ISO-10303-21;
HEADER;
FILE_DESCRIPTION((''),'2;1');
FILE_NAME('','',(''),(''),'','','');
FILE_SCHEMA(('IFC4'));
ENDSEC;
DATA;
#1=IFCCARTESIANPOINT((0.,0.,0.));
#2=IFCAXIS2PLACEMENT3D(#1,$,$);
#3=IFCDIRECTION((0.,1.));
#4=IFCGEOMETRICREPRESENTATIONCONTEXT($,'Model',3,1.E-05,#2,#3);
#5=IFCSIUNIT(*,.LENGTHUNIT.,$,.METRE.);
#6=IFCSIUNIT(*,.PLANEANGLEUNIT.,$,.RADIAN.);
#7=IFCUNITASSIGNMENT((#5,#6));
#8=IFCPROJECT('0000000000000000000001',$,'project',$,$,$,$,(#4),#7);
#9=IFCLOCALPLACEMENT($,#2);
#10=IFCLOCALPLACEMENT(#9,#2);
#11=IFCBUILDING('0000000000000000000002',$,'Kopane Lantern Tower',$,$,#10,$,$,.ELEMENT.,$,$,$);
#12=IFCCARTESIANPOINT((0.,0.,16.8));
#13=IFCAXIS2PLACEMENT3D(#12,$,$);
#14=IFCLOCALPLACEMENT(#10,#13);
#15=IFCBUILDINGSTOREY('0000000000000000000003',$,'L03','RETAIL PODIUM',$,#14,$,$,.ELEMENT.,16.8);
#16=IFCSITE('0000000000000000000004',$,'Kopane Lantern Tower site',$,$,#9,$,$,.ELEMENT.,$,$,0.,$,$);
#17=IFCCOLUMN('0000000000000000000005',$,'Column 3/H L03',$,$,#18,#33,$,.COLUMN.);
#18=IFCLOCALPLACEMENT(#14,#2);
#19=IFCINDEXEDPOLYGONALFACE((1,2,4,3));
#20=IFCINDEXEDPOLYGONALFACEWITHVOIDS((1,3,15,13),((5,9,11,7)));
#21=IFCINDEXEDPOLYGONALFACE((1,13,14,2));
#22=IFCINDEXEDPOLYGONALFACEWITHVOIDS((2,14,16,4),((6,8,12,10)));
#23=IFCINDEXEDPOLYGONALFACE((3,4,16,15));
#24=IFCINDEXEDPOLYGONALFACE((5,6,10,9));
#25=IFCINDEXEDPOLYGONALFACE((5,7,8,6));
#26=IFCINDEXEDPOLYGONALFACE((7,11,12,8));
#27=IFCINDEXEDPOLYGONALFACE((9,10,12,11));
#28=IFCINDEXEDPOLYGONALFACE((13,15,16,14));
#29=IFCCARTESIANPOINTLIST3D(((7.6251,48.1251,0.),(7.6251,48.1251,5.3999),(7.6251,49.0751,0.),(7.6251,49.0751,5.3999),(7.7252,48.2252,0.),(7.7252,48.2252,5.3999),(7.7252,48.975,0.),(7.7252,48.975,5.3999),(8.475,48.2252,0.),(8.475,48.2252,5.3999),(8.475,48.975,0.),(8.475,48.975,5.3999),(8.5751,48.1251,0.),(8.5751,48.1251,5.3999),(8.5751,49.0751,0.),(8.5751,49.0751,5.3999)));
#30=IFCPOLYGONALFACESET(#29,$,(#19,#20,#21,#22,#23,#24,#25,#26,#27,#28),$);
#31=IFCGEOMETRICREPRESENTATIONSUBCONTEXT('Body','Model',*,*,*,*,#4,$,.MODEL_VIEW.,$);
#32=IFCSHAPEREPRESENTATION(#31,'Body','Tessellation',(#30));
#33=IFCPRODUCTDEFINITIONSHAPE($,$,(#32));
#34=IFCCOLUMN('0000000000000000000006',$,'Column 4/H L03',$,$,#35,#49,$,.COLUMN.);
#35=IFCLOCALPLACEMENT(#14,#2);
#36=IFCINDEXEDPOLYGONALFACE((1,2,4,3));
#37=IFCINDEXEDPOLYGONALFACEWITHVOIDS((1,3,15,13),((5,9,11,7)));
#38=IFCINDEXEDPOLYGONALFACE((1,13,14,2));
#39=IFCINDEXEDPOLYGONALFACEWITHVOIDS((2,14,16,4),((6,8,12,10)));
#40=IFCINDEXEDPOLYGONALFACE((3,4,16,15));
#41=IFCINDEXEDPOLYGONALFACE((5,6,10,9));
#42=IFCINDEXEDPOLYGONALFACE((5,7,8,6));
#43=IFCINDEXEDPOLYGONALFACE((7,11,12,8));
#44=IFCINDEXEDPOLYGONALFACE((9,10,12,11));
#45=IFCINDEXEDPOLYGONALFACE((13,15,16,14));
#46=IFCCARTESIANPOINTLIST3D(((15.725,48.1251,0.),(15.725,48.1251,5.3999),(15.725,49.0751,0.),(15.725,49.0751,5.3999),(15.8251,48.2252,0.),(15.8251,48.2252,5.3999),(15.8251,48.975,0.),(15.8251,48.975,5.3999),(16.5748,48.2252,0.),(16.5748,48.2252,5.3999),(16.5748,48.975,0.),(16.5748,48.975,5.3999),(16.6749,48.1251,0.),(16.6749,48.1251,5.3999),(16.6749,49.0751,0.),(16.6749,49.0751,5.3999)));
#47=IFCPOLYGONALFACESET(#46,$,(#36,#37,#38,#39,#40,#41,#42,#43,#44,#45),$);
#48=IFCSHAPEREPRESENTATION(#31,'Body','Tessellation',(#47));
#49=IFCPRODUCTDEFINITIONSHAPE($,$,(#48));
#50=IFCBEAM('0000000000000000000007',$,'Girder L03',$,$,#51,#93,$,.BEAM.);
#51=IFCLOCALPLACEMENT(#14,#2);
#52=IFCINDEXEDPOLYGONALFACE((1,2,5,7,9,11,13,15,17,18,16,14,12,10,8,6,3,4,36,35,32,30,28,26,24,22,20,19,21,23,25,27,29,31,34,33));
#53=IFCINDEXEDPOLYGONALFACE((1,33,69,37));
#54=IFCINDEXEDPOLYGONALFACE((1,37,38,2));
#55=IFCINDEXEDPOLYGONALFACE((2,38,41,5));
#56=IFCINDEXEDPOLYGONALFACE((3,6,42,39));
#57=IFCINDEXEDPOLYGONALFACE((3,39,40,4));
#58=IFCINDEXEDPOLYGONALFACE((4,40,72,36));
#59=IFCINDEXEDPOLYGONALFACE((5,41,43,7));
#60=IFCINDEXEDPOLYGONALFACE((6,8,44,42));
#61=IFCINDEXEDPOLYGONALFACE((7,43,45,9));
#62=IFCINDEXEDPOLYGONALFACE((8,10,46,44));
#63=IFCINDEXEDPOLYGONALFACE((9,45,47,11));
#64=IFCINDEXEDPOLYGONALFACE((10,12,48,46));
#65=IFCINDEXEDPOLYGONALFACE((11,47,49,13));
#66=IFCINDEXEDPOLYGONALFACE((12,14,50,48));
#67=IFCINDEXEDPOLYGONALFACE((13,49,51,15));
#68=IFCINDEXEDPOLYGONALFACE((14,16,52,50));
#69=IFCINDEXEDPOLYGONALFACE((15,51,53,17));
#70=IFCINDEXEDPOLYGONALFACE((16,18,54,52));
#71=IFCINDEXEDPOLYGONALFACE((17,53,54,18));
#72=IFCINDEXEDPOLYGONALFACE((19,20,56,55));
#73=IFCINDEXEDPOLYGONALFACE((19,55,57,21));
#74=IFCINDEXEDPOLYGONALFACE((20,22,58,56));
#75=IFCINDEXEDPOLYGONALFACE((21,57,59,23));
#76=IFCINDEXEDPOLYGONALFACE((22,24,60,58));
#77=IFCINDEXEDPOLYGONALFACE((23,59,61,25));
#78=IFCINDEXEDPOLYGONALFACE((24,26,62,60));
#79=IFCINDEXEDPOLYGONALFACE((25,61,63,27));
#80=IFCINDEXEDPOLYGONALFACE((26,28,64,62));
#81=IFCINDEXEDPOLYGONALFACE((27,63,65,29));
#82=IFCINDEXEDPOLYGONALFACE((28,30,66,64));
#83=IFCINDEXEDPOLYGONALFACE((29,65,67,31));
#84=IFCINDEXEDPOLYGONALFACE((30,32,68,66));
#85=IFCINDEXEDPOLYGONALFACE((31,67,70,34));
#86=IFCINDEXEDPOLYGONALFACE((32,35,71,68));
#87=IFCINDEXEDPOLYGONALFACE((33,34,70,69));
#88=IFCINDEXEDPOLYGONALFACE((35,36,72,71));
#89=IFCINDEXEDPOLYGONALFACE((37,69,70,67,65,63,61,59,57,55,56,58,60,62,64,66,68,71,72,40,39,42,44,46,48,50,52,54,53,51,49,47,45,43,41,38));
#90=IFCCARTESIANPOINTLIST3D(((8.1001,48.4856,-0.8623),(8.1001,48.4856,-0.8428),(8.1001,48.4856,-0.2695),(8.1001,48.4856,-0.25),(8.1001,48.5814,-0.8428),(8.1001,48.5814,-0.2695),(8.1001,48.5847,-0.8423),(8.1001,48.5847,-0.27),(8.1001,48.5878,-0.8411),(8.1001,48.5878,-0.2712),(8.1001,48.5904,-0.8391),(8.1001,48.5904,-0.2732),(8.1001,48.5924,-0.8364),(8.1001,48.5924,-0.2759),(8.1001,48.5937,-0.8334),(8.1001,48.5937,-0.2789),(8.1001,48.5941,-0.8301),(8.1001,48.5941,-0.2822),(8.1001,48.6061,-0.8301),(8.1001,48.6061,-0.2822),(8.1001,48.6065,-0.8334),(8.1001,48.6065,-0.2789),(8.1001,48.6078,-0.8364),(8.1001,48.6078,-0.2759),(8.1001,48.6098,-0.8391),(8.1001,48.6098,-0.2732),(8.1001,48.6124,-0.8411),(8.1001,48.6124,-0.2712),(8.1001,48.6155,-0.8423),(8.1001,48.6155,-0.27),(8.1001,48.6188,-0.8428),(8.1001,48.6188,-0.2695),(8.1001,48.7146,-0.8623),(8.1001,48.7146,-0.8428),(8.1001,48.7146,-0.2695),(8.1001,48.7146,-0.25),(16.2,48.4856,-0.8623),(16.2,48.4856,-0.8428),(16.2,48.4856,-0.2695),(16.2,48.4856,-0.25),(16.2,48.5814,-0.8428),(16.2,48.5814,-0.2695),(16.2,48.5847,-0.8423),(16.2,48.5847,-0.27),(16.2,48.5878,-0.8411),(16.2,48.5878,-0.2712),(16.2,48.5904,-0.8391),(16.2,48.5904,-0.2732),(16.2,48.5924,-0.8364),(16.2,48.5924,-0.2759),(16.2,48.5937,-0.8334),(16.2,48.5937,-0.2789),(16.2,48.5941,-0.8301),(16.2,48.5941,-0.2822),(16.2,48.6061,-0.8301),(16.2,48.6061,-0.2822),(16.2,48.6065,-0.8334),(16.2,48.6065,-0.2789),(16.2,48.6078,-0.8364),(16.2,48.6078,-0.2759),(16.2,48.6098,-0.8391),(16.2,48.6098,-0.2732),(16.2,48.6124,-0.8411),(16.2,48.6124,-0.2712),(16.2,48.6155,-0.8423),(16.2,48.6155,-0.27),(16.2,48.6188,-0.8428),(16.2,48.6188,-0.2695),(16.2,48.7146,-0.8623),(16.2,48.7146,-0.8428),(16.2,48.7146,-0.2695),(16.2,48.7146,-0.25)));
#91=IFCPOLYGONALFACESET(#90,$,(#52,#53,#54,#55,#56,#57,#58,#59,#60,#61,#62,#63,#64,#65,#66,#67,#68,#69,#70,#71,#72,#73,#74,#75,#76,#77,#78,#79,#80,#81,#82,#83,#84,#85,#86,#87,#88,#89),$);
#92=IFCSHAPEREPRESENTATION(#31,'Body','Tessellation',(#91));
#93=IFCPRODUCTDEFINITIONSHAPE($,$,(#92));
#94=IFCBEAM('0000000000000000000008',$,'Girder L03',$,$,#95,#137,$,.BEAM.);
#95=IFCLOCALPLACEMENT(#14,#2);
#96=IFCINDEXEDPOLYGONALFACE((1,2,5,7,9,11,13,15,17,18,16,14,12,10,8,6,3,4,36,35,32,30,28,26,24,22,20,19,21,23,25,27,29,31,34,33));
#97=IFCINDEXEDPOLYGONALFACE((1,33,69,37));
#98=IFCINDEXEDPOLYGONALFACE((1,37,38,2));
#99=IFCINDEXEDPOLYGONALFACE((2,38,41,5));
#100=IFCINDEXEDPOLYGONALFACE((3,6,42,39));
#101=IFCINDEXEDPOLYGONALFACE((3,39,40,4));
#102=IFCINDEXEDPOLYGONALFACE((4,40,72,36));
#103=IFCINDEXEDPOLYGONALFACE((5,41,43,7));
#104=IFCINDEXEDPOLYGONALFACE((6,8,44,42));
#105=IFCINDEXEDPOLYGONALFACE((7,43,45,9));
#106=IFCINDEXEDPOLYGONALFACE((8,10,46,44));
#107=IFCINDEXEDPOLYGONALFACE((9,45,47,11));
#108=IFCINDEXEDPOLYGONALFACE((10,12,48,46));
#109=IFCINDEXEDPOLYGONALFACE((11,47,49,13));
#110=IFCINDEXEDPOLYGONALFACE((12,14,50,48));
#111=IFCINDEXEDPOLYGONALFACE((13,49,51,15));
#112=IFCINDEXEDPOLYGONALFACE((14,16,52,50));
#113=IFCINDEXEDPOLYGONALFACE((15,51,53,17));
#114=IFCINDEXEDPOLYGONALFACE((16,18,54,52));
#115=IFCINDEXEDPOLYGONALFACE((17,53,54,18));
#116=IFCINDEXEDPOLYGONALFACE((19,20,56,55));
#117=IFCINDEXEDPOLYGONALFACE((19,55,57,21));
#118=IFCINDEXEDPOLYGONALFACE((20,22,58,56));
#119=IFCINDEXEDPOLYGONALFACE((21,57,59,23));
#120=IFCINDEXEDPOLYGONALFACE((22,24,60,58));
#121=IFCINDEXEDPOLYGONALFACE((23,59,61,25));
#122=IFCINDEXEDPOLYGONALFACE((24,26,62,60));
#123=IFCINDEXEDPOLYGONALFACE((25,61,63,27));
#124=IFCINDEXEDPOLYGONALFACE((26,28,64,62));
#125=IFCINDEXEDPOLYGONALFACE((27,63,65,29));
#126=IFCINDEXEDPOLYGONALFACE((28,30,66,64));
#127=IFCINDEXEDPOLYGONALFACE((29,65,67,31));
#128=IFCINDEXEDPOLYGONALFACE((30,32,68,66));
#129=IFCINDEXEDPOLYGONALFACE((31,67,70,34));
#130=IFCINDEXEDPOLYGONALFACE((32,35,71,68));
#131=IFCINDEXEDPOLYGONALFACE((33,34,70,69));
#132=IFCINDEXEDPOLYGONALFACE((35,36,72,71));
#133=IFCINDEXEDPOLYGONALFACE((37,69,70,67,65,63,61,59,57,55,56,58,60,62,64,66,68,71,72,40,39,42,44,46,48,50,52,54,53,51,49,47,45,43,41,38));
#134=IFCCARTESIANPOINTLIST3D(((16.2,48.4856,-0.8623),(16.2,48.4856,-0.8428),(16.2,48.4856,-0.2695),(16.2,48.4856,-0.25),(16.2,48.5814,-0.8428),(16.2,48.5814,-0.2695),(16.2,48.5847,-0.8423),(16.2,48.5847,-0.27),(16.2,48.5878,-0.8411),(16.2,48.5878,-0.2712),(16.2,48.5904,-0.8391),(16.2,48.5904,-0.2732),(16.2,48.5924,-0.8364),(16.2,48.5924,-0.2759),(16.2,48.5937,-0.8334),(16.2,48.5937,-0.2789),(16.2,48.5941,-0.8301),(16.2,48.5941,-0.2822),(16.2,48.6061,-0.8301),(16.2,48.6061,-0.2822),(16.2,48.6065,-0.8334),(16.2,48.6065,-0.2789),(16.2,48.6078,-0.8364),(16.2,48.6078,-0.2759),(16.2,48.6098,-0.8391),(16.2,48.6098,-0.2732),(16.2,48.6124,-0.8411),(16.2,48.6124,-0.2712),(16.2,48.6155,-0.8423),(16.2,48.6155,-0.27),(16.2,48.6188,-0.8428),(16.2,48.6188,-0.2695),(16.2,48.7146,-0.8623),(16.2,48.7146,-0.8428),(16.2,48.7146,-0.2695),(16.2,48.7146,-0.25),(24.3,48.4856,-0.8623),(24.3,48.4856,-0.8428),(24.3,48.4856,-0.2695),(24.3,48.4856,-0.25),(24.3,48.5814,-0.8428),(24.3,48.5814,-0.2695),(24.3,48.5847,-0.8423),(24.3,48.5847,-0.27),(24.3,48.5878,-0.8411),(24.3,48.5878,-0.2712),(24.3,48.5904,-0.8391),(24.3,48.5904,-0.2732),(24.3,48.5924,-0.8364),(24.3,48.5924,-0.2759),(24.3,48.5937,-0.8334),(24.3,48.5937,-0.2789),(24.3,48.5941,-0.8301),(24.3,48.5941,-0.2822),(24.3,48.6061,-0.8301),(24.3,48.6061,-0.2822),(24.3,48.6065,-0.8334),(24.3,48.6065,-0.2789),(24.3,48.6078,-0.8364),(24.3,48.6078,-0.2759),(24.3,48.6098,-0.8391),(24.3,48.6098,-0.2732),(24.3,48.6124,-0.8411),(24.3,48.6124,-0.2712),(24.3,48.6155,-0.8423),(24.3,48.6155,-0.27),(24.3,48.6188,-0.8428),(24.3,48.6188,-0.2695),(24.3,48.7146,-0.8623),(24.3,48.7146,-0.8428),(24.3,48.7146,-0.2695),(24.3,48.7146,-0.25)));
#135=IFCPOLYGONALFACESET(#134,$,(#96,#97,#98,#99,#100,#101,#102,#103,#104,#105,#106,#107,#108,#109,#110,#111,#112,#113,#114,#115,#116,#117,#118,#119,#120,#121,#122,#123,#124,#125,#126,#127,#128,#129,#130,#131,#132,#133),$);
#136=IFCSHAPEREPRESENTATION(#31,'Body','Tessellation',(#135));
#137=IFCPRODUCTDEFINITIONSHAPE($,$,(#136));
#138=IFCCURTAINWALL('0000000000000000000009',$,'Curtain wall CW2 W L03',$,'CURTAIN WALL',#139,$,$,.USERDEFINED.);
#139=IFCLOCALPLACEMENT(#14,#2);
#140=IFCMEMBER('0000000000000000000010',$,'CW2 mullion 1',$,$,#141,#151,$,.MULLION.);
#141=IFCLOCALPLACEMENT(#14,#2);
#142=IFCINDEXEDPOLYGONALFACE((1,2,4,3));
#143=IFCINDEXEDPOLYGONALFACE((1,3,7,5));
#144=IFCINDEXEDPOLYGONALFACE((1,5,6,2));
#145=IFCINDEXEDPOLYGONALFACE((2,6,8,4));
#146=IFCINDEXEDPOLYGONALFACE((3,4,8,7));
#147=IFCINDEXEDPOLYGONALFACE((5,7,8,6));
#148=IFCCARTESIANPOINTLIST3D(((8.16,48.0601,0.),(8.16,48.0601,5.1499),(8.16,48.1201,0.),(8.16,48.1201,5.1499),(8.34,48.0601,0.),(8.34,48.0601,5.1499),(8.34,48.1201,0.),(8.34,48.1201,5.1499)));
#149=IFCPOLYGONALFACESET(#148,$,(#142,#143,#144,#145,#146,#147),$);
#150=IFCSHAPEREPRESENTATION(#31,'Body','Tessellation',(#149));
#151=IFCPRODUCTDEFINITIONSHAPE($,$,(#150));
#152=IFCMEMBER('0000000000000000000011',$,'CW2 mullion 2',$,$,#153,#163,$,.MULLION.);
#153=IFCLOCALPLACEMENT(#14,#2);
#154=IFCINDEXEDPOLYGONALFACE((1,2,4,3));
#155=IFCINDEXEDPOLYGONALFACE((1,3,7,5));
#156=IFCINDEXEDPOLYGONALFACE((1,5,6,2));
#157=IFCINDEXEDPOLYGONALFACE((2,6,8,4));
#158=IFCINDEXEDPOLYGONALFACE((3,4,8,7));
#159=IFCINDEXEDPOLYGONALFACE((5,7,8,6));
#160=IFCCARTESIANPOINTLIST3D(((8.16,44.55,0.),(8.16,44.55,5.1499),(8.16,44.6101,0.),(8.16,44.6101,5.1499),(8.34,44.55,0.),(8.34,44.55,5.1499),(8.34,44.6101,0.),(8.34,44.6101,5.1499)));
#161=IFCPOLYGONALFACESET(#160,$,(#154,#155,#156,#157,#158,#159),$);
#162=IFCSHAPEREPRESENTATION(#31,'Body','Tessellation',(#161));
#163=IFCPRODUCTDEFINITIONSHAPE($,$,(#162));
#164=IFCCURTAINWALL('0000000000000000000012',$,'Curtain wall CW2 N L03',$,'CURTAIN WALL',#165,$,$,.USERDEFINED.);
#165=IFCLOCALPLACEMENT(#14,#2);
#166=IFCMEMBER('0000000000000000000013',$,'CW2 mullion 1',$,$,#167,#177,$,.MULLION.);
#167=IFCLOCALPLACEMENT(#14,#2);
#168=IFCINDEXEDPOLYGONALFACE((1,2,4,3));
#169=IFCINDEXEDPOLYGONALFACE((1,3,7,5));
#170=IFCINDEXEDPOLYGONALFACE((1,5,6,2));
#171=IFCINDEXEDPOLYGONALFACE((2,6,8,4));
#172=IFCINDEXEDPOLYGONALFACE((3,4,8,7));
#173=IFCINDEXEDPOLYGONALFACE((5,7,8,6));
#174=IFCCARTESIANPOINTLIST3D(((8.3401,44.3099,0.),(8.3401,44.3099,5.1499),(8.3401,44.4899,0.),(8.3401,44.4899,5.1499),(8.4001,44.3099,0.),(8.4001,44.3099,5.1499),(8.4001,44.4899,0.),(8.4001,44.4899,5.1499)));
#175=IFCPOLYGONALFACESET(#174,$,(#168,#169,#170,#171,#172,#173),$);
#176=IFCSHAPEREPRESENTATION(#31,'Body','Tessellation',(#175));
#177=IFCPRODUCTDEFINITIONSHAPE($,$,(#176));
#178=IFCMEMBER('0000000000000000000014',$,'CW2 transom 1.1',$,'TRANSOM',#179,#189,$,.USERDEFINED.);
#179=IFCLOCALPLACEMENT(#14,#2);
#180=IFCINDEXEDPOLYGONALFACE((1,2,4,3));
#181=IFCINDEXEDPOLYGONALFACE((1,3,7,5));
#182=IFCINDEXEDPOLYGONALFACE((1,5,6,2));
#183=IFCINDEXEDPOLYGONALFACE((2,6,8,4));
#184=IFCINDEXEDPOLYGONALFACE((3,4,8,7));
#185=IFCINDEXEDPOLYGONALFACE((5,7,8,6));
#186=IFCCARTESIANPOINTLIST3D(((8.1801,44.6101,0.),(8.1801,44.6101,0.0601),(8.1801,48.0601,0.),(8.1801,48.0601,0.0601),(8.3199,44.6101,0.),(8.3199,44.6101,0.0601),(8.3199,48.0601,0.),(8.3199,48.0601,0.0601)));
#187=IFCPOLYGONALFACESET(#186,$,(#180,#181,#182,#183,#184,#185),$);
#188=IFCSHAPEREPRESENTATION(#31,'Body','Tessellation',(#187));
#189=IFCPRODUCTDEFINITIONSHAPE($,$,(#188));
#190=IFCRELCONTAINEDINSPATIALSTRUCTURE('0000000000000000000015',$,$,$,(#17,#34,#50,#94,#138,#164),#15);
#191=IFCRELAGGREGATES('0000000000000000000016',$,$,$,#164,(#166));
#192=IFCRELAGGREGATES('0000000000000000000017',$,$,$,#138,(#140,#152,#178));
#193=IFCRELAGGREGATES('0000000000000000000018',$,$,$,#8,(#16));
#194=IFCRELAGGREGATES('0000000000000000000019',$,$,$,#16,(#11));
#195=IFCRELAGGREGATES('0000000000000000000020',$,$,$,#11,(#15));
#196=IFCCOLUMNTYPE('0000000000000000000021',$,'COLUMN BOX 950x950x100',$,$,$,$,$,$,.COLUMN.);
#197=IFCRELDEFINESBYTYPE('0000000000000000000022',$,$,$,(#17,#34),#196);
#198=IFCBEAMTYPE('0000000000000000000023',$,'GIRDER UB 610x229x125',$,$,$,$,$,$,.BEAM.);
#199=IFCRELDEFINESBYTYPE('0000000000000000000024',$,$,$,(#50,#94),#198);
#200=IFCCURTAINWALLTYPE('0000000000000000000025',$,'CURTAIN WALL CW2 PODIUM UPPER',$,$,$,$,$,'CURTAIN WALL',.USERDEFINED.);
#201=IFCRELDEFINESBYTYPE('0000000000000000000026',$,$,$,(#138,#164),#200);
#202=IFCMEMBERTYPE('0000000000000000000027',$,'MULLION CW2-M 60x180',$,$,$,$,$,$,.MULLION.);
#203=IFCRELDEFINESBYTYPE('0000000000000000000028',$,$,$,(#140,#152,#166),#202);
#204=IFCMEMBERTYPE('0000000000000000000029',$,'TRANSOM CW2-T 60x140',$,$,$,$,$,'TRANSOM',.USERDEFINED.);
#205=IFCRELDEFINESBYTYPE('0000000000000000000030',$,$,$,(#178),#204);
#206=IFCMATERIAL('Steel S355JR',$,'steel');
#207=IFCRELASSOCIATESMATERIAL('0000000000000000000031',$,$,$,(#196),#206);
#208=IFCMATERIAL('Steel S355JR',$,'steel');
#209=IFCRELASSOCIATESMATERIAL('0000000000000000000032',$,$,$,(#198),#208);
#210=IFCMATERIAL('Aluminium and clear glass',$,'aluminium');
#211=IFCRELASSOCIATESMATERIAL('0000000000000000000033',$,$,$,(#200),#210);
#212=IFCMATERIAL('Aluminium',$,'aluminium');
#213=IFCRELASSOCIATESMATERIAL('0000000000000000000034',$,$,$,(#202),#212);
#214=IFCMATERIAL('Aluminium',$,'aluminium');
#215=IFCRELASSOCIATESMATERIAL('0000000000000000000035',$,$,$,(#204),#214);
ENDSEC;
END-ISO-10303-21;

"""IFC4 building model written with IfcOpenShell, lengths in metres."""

from ifc_helpers import new_model, si_unit, direction, frame, origin, origin_2d, place, context, subcontext, project, spatial, rectangle, hollow_rectangle, i_section, extrude, material, material_profile, profile_set, type_object, element, aggregate, save


model = new_model("IFC4")

# Units and contexts
model_context = context("Model", 3, precision=1e-05, world=origin(), true_north=direction((0.0, 1.0)))
body_context = subcontext(model_context, "Body", "Model", "MODEL_VIEW")
ifc_project = project(units=[si_unit("LENGTHUNIT", "METRE"), si_unit("PLANEANGLEUNIT", "RADIAN")], contexts=[model_context])

# Site, building, storey
site_placement = place(None, origin())
site = spatial("IfcSite", under=ifc_project, at=site_placement, Name="Kopane Lantern Tower site", CompositionType="ELEMENT", RefElevation=0.0)
building_placement = place(site_placement, origin())
building = spatial("IfcBuilding", under=site, at=building_placement, Name="Kopane Lantern Tower", CompositionType="ELEMENT")
storey_placement = place(building_placement, frame((0.0, 0.0, 16.8)))
storey = spatial("IfcBuildingStorey", under=building, at=storey_placement, Name="L03", Description="RETAIL PODIUM", CompositionType="ELEMENT", Elevation=16.8)

# Columns
ifc_material_1 = material(Name="Steel S355JR", Category="steel")
ifc_material_profile_1 = material_profile(ifc_material_1, hollow_rectangle(XDim=0.95, YDim=0.95, WallThickness=0.1001, at=origin_2d()), Name="BOX 950x950x100")
ifc_profile_set_1 = profile_set([ifc_material_profile_1], Name="Steel S355JR")
column_type = type_object("IfcColumnType", Name="COLUMN BOX 950x950x100", PredefinedType="COLUMN", material=ifc_profile_set_1)
for number, where, z_axis, x_axis, name in (
    (1, (8.1001, 48.6001, 0.0), (0.0, 0.0, 1.0), (1.0, 0.0, 0.0), "Column 3/H L03"),
    (2, (16.2, 48.6001, 0.0), (0.0, 0.0, 1.0), (1.0, 0.0, 0.0), "Column 4/H L03"),
):
    element("IfcColumn", number, at=place(storey_placement, frame(where, z_axis=z_axis, x_axis=x_axis)), inside=storey, type_object=column_type, Name=name, PredefinedType="COLUMN", context=body_context, shape_type="SweptSolid", body=[
        extrude(hollow_rectangle(XDim=0.95, YDim=0.95, WallThickness=0.1001, at=origin_2d()), origin(), (0.0, 0.0, 1.0), 5.3999),
    ])

# Beams
ifc_material_2 = material(Name="Steel S355JR", Category="steel")
ifc_material_profile_2 = material_profile(ifc_material_2, i_section(OverallWidth=0.229, OverallDepth=0.6123, WebThickness=0.012, FlangeThickness=0.0195, FilletRadius=0.0127, at=origin_2d()), Name="UB 610x229x125")
ifc_profile_set_2 = profile_set([ifc_material_profile_2], Name="Steel S355JR")
beam_type = type_object("IfcBeamType", Name="GIRDER UB 610x229x125", PredefinedType="BEAM", material=ifc_profile_set_2)
beam_1_placement = place(storey_placement, frame((8.1001, 48.6001, -0.5562), z_axis=(1.0, 0.0, 0.0), x_axis=(0.0, 1.0, 0.0)))
element("IfcBeam", 3, at=beam_1_placement, inside=storey, type_object=beam_type, Name="Girder L03", PredefinedType="BEAM", context=body_context, shape_type="SweptSolid", body=[
    extrude(i_section(OverallWidth=0.229, OverallDepth=0.6123, WebThickness=0.012, FlangeThickness=0.0195, FilletRadius=0.0127, at=origin_2d()), origin(), (0.0, 0.0, 1.0), 8.0999),
])
beam_2_placement = place(storey_placement, frame((16.2, 48.6001, -0.5562), z_axis=(1.0, 0.0, 0.0), x_axis=(0.0, 1.0, 0.0)))
element("IfcBeam", 4, at=beam_2_placement, inside=storey, type_object=beam_type, Name="Girder L03", PredefinedType="BEAM", context=body_context, shape_type="SweptSolid", body=[
    extrude(i_section(OverallWidth=0.229, OverallDepth=0.6123, WebThickness=0.012, FlangeThickness=0.0195, FilletRadius=0.0127, at=origin_2d()), origin(), (0.0, 0.0, 1.0), 8.1001),
])

# Curtain wall, members
ifc_material_3 = material(Name="Aluminium and clear glass", Category="aluminium")
curtain_wall_type = type_object("IfcCurtainWallType", Name="CURTAIN WALL CW2 PODIUM UPPER", ElementType="CURTAIN WALL", PredefinedType="USERDEFINED", material=ifc_material_3)
curtain_wall_1_placement = place(storey_placement, origin())
curtain_wall_1 = element("IfcCurtainWall", 5, at=curtain_wall_1_placement, inside=storey, type_object=curtain_wall_type, Name="Curtain wall CW2 W L03", ObjectType="CURTAIN WALL", PredefinedType="USERDEFINED")
ifc_material_4 = material(Name="Aluminium", Category="aluminium")
ifc_material_profile_3 = material_profile(ifc_material_4, rectangle(XDim=0.0601, YDim=0.1799, at=origin_2d()), Name="AL 60x180")
ifc_profile_set_3 = profile_set([ifc_material_profile_3], Name="Aluminium")
member_type_1 = type_object("IfcMemberType", Name="MULLION CW2-M 60x180", PredefinedType="MULLION", material=ifc_profile_set_3)
member_1_placement = place(storey_placement, frame((8.25, 48.0901, 0.0), z_axis=(0.0, 0.0, 1.0), x_axis=(0.0, -1.0, 0.0)))
member_1 = element("IfcMember", 6, at=member_1_placement, type_object=member_type_1, Name="CW2 mullion 1", PredefinedType="MULLION", context=body_context, shape_type="SweptSolid", body=[
    extrude(rectangle(XDim=0.0601, YDim=0.1799, at=origin_2d()), origin(), (0.0, 0.0, 1.0), 5.1499),
])
member_2_placement = place(storey_placement, frame((8.25, 44.5801, 0.0), z_axis=(0.0, 0.0, 1.0), x_axis=(0.0, -1.0, 0.0)))
member_2 = element("IfcMember", 7, at=member_2_placement, type_object=member_type_1, Name="CW2 mullion 2", PredefinedType="MULLION", context=body_context, shape_type="SweptSolid", body=[
    extrude(rectangle(XDim=0.0601, YDim=0.1799, at=origin_2d()), origin(), (0.0, 0.0, 1.0), 5.1499),
])

# Curtain wall, member
curtain_wall_2_placement = place(storey_placement, origin())
curtain_wall_2 = element("IfcCurtainWall", 8, at=curtain_wall_2_placement, inside=storey, type_object=curtain_wall_type, Name="Curtain wall CW2 N L03", ObjectType="CURTAIN WALL", PredefinedType="USERDEFINED")
member_3_placement = place(storey_placement, frame((8.3701, 44.3999, 0.0), z_axis=(0.0, 0.0, 1.0), x_axis=(-1.0, 0.0, 0.0)))
member_3 = element("IfcMember", 9, at=member_3_placement, type_object=member_type_1, Name="CW2 mullion 1", PredefinedType="MULLION", context=body_context, shape_type="SweptSolid", body=[
    extrude(rectangle(XDim=0.0601, YDim=0.1799, at=origin_2d()), origin(), (0.0, 0.0, 1.0), 5.1499),
])

# Member
ifc_material_5 = material(Name="Aluminium", Category="aluminium")
ifc_material_profile_4 = material_profile(ifc_material_5, rectangle(XDim=0.1399, YDim=0.0601, at=origin_2d()), Name="AL 140x60")
ifc_profile_set_4 = profile_set([ifc_material_profile_4], Name="Aluminium")
member_type_2 = type_object("IfcMemberType", Name="TRANSOM CW2-T 60x140", ElementType="TRANSOM", PredefinedType="USERDEFINED", material=ifc_profile_set_4)
member_4_placement = place(storey_placement, frame((8.25, 48.0601, 0.03), z_axis=(0.0, -1.0, 0.0), x_axis=(1.0, 0.0, 0.0)))
member_4 = element("IfcMember", 10, at=member_4_placement, type_object=member_type_2, Name="CW2 transom 1.1", ObjectType="TRANSOM", PredefinedType="USERDEFINED", context=body_context, shape_type="SweptSolid", body=[
    extrude(rectangle(XDim=0.1399, YDim=0.0601, at=origin_2d()), origin(), (0.0, 0.0, 1.0), 3.45),
])
aggregate(curtain_wall_2, [member_3])

aggregate(curtain_wall_1, [member_1, member_2, member_4])

save(model, "model.ifc")
